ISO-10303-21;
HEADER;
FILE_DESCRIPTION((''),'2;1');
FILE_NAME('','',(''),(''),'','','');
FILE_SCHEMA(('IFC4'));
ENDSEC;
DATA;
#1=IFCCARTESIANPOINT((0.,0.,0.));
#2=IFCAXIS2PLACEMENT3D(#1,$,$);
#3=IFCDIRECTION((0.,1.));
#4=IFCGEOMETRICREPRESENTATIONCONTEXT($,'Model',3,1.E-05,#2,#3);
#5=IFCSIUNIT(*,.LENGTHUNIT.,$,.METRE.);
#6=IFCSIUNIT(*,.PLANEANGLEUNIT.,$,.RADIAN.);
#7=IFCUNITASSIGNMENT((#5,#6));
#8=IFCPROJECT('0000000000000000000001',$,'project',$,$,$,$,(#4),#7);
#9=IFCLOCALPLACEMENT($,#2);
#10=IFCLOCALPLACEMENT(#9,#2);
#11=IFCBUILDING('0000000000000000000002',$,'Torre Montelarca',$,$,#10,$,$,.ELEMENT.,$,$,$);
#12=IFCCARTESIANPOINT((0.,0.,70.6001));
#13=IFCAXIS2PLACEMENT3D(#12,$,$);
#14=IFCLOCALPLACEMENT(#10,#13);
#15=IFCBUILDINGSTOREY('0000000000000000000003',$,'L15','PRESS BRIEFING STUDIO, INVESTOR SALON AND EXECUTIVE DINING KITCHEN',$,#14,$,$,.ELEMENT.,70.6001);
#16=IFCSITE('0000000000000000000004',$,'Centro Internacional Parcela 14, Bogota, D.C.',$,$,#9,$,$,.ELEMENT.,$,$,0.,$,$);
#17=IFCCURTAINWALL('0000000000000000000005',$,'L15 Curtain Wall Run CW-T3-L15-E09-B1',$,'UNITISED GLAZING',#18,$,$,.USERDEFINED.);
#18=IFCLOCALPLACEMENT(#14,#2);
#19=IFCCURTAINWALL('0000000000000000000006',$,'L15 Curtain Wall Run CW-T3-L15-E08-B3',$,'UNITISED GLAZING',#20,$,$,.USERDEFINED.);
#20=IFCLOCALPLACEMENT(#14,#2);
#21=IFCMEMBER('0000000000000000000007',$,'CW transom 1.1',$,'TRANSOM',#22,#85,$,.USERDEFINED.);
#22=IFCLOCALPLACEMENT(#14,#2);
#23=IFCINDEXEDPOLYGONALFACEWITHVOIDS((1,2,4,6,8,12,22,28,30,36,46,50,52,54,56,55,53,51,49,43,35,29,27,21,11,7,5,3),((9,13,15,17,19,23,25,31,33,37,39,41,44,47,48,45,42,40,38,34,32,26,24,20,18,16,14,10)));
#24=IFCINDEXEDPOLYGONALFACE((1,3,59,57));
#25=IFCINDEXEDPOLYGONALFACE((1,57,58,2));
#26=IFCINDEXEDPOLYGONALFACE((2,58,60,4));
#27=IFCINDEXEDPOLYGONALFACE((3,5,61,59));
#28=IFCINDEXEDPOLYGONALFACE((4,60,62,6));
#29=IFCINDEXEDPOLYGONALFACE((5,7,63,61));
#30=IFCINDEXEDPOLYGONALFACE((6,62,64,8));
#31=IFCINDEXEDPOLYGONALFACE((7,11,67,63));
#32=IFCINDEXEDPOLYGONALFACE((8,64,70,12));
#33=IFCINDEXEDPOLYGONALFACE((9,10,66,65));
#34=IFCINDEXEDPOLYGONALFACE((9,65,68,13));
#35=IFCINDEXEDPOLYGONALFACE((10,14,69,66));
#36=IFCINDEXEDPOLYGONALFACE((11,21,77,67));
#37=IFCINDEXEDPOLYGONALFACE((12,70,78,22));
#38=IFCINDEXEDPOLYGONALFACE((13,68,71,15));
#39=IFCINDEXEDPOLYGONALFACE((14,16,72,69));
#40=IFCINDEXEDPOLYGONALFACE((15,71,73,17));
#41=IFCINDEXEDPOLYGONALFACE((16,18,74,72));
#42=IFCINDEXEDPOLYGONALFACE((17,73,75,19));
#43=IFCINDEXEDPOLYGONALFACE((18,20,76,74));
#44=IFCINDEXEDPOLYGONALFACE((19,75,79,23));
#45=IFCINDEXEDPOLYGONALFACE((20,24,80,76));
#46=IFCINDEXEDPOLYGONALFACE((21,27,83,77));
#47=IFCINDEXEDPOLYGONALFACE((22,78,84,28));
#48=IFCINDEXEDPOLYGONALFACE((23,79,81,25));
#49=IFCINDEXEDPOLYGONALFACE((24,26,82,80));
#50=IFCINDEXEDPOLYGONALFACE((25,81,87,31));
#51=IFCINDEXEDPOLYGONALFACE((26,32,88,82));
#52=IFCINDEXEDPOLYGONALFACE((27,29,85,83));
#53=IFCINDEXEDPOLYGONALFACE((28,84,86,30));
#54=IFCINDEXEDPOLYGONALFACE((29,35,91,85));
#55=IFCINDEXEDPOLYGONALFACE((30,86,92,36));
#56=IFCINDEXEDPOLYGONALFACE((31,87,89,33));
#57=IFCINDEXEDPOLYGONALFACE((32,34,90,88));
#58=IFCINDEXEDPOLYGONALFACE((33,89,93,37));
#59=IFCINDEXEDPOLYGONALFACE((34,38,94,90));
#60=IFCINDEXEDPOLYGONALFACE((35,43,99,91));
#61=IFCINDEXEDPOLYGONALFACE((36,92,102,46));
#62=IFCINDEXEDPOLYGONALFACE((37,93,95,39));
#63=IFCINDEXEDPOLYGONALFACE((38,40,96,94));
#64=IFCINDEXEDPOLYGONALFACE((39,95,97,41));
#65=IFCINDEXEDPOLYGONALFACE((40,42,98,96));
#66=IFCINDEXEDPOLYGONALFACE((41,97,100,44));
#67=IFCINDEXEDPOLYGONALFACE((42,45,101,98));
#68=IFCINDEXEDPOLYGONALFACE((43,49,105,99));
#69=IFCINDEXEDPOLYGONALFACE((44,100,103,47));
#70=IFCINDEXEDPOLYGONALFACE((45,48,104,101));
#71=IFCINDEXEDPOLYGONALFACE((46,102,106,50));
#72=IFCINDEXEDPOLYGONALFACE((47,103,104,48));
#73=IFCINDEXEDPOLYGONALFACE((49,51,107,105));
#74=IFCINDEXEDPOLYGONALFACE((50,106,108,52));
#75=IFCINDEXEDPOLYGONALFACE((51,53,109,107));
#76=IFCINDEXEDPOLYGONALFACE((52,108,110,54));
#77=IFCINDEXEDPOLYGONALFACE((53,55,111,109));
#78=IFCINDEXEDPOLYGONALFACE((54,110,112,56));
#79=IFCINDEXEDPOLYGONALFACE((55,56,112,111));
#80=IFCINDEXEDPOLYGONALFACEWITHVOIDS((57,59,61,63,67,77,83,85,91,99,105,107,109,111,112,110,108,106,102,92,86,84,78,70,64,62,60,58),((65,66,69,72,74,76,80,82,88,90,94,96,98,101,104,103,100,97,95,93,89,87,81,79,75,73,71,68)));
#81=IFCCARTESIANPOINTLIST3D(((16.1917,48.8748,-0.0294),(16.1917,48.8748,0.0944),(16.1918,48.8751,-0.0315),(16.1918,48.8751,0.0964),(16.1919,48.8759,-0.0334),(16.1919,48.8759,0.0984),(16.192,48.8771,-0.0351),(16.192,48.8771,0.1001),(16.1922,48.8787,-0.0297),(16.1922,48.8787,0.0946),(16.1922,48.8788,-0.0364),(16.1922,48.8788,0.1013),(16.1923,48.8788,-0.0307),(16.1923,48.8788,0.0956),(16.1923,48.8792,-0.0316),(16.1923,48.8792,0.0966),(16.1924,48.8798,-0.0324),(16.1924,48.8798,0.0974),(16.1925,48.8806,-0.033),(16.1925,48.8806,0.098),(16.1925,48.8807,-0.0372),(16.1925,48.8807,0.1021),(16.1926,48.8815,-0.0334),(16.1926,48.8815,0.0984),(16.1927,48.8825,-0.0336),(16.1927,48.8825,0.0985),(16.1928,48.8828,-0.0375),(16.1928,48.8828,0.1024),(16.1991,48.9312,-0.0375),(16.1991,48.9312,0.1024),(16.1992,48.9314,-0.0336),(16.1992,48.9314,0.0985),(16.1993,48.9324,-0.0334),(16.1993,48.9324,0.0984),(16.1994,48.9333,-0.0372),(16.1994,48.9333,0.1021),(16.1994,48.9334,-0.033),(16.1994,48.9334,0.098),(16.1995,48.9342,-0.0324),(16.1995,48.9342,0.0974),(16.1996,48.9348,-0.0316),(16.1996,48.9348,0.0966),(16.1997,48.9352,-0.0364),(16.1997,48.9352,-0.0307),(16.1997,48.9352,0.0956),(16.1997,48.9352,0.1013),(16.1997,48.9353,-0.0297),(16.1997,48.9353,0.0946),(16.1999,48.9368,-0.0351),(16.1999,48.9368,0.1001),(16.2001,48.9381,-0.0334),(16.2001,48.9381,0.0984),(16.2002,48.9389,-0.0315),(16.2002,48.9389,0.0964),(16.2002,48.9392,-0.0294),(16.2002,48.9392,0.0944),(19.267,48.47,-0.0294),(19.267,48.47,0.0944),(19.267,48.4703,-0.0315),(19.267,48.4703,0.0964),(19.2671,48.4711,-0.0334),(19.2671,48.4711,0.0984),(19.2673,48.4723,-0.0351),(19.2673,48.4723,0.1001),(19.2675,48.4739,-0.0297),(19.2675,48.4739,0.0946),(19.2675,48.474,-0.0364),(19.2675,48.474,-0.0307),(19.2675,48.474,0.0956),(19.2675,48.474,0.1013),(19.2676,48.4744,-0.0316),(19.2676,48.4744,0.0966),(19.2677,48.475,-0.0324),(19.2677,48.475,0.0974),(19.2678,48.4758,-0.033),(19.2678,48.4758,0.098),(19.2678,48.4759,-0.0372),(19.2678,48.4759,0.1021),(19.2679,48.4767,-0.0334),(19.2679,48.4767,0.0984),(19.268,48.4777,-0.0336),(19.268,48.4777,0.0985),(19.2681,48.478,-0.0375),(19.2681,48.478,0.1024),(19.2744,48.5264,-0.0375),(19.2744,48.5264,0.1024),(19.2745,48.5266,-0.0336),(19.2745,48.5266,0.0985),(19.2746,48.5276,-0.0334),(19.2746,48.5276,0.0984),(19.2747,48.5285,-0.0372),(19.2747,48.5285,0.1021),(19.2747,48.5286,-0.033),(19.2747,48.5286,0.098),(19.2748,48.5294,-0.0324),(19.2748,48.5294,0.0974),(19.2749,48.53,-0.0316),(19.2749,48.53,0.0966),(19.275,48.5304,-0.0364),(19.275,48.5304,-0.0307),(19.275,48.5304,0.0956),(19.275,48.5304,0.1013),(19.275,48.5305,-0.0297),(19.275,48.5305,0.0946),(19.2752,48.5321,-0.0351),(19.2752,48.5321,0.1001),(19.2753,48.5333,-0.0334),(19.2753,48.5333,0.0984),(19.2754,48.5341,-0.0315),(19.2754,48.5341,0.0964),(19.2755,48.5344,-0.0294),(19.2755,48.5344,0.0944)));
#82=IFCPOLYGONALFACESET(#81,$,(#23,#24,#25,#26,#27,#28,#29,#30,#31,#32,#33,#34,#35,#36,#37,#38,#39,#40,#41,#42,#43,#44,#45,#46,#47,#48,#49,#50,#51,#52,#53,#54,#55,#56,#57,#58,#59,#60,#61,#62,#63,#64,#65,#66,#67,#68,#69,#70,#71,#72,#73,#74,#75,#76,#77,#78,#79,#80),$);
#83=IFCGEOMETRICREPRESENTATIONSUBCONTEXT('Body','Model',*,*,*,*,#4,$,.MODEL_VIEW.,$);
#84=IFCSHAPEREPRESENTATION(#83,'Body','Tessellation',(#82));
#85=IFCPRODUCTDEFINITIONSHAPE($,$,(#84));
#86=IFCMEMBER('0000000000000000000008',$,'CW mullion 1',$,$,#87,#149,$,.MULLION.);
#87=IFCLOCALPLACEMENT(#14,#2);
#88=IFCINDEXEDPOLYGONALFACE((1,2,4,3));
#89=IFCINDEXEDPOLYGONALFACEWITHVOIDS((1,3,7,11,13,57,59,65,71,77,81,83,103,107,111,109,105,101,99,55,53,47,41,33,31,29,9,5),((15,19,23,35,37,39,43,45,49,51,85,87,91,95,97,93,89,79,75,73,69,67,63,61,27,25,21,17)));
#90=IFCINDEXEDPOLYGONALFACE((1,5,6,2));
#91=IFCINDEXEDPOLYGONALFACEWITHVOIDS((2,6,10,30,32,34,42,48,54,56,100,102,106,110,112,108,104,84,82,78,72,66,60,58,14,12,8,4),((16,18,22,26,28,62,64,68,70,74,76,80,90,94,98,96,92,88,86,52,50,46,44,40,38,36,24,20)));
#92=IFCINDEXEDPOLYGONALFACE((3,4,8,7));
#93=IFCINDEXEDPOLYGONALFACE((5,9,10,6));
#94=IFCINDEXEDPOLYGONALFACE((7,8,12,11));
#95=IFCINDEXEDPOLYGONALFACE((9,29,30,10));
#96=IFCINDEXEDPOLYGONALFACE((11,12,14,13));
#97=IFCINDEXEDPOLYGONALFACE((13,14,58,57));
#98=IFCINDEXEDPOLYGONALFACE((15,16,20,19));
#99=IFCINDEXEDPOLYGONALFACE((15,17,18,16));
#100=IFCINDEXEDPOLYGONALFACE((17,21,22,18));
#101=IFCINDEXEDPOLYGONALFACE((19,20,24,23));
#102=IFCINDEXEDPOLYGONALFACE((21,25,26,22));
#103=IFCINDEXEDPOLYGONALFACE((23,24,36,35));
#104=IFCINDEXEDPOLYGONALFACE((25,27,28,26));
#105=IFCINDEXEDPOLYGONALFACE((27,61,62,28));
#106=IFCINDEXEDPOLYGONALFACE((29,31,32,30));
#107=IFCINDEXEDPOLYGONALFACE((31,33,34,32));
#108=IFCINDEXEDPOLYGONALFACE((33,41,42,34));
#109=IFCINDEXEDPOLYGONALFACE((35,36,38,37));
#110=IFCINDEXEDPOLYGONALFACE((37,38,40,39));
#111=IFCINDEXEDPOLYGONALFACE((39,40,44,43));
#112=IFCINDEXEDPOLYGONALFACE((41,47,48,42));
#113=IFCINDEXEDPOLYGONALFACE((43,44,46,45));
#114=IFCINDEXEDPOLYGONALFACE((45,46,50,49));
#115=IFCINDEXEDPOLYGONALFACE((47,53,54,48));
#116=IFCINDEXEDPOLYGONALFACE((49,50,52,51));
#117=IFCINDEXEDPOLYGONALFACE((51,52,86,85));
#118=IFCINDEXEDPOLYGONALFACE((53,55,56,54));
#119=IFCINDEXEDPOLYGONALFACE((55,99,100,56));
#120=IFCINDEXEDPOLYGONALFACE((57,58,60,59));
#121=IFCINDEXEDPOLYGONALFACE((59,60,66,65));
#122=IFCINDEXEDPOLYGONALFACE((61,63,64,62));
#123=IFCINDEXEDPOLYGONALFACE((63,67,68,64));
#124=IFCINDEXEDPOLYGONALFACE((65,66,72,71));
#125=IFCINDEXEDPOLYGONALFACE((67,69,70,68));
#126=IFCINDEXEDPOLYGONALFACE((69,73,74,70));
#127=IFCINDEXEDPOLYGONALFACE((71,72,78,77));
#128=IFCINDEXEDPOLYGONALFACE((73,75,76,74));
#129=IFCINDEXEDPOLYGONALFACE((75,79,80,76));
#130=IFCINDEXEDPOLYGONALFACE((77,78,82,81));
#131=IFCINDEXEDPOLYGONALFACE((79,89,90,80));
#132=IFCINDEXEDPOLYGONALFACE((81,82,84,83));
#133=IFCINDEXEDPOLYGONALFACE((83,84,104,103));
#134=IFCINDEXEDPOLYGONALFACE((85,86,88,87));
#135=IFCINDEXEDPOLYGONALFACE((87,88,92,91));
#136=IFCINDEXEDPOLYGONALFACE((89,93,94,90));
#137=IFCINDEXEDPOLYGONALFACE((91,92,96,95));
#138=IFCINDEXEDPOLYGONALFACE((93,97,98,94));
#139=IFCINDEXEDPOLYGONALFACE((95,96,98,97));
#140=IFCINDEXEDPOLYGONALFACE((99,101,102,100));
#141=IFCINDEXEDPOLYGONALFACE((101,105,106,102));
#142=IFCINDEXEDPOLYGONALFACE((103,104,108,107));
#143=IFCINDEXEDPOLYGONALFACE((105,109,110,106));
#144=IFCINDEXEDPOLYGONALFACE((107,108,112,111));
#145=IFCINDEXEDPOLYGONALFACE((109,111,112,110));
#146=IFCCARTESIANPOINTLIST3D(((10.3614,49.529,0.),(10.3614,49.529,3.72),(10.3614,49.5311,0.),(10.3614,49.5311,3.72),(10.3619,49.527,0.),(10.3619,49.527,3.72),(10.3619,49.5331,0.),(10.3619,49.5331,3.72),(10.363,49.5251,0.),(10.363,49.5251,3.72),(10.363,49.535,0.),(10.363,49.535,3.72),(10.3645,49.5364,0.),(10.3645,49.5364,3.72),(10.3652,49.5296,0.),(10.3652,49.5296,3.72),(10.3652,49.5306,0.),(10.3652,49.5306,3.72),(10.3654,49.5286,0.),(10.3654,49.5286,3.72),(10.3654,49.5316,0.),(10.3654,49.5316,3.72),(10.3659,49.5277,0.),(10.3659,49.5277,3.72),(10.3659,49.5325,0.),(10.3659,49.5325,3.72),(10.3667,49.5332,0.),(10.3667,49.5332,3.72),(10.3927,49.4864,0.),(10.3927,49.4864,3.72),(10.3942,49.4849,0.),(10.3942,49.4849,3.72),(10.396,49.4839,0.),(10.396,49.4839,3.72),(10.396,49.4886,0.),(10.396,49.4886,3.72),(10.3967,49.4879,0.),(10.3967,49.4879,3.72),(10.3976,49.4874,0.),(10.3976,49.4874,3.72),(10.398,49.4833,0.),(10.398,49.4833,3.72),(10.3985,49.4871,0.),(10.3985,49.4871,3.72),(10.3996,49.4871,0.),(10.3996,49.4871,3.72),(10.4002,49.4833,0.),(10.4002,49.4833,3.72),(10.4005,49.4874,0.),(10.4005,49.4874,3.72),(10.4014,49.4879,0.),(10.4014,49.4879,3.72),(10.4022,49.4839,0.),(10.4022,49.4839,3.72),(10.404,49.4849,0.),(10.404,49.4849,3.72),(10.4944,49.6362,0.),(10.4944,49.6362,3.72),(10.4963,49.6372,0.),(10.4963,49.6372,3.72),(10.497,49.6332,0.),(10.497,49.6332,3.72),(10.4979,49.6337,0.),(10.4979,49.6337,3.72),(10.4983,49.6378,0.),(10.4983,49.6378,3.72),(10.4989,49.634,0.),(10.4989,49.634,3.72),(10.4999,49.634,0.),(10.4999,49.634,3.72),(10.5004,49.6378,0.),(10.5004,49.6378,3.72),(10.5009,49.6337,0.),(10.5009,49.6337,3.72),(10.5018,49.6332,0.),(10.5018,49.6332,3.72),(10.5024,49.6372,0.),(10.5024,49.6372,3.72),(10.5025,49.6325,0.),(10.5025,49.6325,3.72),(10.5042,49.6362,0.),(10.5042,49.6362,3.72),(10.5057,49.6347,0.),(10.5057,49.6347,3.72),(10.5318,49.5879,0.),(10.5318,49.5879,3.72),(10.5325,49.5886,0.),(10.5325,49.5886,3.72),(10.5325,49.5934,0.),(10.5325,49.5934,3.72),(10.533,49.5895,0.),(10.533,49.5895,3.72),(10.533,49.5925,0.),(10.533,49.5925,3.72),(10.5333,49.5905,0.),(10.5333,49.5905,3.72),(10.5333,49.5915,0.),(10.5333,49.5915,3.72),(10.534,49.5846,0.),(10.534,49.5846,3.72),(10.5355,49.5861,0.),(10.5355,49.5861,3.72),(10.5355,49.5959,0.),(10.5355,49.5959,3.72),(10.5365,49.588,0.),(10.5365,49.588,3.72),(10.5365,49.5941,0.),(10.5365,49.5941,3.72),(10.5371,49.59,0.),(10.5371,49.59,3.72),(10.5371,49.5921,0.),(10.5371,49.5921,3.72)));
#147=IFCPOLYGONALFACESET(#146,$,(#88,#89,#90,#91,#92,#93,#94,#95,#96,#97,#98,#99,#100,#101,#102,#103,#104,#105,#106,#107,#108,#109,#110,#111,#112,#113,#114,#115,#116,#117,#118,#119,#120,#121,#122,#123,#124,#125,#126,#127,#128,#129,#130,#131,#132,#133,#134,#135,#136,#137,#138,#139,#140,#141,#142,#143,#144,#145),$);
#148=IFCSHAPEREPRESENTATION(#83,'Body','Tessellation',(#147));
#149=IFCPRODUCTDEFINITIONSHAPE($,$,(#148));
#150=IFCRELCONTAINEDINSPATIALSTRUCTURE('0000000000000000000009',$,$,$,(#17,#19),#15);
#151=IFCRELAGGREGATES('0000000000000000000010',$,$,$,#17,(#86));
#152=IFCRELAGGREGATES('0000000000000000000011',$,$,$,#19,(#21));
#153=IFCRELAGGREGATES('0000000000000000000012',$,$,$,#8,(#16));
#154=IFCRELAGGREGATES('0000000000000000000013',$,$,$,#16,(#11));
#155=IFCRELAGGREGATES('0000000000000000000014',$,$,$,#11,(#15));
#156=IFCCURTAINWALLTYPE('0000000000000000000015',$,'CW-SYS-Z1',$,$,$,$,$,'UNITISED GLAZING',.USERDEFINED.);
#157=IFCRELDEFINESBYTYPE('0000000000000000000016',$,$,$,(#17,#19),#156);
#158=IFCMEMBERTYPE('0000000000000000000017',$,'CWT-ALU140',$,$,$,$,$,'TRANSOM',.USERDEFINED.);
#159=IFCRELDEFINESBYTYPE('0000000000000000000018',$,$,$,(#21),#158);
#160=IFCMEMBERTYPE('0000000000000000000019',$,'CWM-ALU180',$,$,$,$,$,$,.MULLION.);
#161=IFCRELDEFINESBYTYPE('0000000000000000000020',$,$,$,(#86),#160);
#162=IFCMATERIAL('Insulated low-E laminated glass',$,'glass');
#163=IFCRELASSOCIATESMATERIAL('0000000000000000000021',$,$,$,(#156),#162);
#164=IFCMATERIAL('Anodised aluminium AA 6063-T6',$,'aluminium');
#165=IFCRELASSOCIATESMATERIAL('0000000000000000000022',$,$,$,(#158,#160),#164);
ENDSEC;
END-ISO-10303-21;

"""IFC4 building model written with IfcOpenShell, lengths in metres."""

from ifc_helpers import new_model, si_unit, direction, frame, origin, origin_2d, place, context, subcontext, project, spatial, hollow_rectangle, extrude, source, transform, mapped, material, material_profile, profile_set, type_object, element, aggregate, save


model = new_model("IFC4")

# Units and contexts
model_context = context("Model", 3, precision=1e-05, world=origin(), true_north=direction((0.0, 1.0)))
body_context = subcontext(model_context, "Body", "Model", "MODEL_VIEW")
ifc_project = project(units=[si_unit("LENGTHUNIT", "METRE"), si_unit("PLANEANGLEUNIT", "RADIAN")], contexts=[model_context])

# Site, building, storey
site_placement = place(None, origin())
site = spatial("IfcSite", under=ifc_project, at=site_placement, Name="Centro Internacional Parcela 14, Bogota, D.C.", CompositionType="ELEMENT", RefElevation=0.0)
building_placement = place(site_placement, origin())
building = spatial("IfcBuilding", under=site, at=building_placement, Name="Torre Montelarca", CompositionType="ELEMENT")
storey_placement = place(building_placement, frame((0.0, 0.0, 70.6001)))
storey = spatial("IfcBuildingStorey", under=building, at=storey_placement, Name="L15", Description="PRESS BRIEFING STUDIO, INVESTOR SALON AND EXECUTIVE DINING KITCHEN", CompositionType="ELEMENT", Elevation=70.6001)

# Curtain wall
ifc_material_1 = material(Name="Insulated low-E laminated glass", Category="glass")
curtain_wall_type = type_object("IfcCurtainWallType", Name="CW-SYS-Z1", ElementType="UNITISED GLAZING", PredefinedType="USERDEFINED", material=ifc_material_1)
curtain_wall_1_placement = place(storey_placement, origin())
curtain_wall_1 = element("IfcCurtainWall", 1, at=curtain_wall_1_placement, inside=storey, type_object=curtain_wall_type, Name="L15 Curtain Wall Run CW-T3-L15-E09-B1", ObjectType="UNITISED GLAZING", PredefinedType="USERDEFINED")
ifc_material_2 = material(Name="Anodised aluminium AA 6063-T6", Category="aluminium")
ifc_material_profile_1 = material_profile(ifc_material_2, hollow_rectangle(XDim=0.0649, YDim=0.1399, WallThickness=0.0039, InnerFilletRadius=0.0039, OuterFilletRadius=0.0081, at=origin_2d()), Name="ALU65X140X4", Category="aluminium")
ifc_profile_set_1 = profile_set([ifc_material_profile_1], Name="Anodised aluminium AA 6063-T6")
member_type_1 = type_object("IfcMemberType", Name="CWT-ALU140", ElementType="TRANSOM", PredefinedType="USERDEFINED", material=ifc_profile_set_1)

# Curtain wall, member
curtain_wall_2_placement = place(storey_placement, origin())
curtain_wall_2 = element("IfcCurtainWall", 2, at=curtain_wall_2_placement, inside=storey, type_object=curtain_wall_type, Name="L15 Curtain Wall Run CW-T3-L15-E08-B3", ObjectType="UNITISED GLAZING", PredefinedType="USERDEFINED")
shared_shape_1 = source(origin(), body_context, "Body", "SweptSolid", [
    extrude(hollow_rectangle(XDim=0.0649, YDim=0.1399, WallThickness=0.0039, InnerFilletRadius=0.0039, OuterFilletRadius=0.0081, at=origin_2d()), origin(), (0.0, 0.0, 1.0), 3.1018),
])
member_1_placement = place(storey_placement, frame((19.2712, 48.5022, 0.0325), z_axis=(-0.991448, 0.130503, 0.0), x_axis=(-0.130503, -0.991448, 0.0)))
member_1 = element("IfcMember", 3, at=member_1_placement, type_object=member_type_1, Name="CW transom 1.1", ObjectType="TRANSOM", PredefinedType="USERDEFINED", context=body_context, shape_type="MappedRepresentation", body=[
    mapped(shared_shape_1, transform((0.0, 0.0, 0.0), scale=1.0)),
])

# Member
ifc_material_profile_2 = material_profile(ifc_material_2, hollow_rectangle(XDim=0.0649, YDim=0.1799, WallThickness=0.0039, InnerFilletRadius=0.0039, OuterFilletRadius=0.0081, at=origin_2d()), Name="ALU65X180X4", Category="aluminium")
ifc_profile_set_2 = profile_set([ifc_material_profile_2], Name="Anodised aluminium AA 6063-T6")
member_type_2 = type_object("IfcMemberType", Name="CWM-ALU180", PredefinedType="MULLION", material=ifc_profile_set_2)
shared_shape_2 = source(origin(), body_context, "Body", "SweptSolid", [
    extrude(hollow_rectangle(XDim=0.0649, YDim=0.1799, WallThickness=0.0039, InnerFilletRadius=0.0039, OuterFilletRadius=0.0081, at=origin_2d()), origin(), (0.0, 0.0, 1.0), 3.72),
])
member_2_placement = place(storey_placement, frame((10.4492, 49.5605, 0.0), z_axis=(0.0, 0.0, 1.0), x_axis=(0.608764, -0.793351, 0.0)))
member_2 = element("IfcMember", 4, at=member_2_placement, type_object=member_type_2, Name="CW mullion 1", PredefinedType="MULLION", context=body_context, shape_type="MappedRepresentation", body=[
    mapped(shared_shape_2, transform((0.0, 0.0, 0.0), scale=1.0)),
])

aggregate(curtain_wall_1, [member_2])
aggregate(curtain_wall_2, [member_1])

save(model, "model.ifc")
